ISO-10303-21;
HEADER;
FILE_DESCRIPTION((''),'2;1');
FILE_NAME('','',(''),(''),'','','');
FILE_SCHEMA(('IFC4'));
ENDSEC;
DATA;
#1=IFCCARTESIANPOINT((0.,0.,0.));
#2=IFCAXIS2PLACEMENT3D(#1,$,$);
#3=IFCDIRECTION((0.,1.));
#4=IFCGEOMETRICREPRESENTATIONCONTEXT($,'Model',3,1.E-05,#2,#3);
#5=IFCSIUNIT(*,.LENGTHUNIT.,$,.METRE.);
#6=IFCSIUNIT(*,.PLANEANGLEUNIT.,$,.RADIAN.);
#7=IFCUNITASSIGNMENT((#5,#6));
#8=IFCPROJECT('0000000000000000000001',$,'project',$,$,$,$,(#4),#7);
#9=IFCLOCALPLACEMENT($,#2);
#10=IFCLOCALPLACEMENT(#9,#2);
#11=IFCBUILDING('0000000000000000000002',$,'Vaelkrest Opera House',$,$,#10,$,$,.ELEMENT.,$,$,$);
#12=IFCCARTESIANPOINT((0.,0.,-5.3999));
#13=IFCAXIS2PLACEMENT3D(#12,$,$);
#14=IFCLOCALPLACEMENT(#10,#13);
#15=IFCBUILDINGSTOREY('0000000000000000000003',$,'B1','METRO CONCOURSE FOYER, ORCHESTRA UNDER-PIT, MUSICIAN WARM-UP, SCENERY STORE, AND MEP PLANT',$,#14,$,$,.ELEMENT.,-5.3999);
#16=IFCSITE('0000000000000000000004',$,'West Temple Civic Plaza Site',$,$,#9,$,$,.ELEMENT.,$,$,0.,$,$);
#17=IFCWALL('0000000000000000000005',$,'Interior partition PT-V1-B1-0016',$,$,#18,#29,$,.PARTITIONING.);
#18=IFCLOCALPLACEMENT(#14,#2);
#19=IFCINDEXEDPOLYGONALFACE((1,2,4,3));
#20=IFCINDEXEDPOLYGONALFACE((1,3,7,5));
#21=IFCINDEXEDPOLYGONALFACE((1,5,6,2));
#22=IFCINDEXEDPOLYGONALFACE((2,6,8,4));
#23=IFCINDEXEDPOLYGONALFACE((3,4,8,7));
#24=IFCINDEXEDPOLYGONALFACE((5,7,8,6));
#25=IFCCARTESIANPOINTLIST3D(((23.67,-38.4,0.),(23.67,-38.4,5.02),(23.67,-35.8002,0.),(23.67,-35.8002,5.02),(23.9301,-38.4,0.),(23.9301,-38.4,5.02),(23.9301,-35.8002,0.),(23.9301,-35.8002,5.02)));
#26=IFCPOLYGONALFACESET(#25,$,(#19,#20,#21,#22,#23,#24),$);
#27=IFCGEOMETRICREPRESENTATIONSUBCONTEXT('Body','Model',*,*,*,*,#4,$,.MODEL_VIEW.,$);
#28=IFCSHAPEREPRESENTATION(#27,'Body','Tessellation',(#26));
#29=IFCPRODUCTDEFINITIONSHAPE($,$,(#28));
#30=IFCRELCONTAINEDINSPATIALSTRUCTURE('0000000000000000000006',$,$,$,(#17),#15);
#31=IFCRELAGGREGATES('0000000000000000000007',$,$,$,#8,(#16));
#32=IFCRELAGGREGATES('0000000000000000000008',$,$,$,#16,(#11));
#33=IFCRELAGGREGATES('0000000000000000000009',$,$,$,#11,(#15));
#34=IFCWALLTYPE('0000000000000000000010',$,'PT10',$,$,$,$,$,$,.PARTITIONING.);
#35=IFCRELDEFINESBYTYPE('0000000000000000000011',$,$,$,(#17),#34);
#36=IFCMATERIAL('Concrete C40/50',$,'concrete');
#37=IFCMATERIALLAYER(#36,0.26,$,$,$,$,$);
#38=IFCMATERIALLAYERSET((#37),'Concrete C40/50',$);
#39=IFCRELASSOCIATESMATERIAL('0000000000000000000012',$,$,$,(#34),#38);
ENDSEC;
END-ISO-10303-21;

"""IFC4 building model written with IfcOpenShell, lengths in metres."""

from ifc_helpers import new_model, si_unit, direction, frame, frame_2d, origin, place, context, subcontext, project, spatial, rectangle, extrude, material, layer, layer_set, type_object, element, save


model = new_model("IFC4")

# Units and contexts
model_context = context("Model", 3, precision=1e-05, world=origin(), true_north=direction((0.0, 1.0)))
body_context = subcontext(model_context, "Body", "Model", "MODEL_VIEW")
ifc_project = project(units=[si_unit("LENGTHUNIT", "METRE"), si_unit("PLANEANGLEUNIT", "RADIAN")], contexts=[model_context])

# Site, building, storey
site_placement = place(None, origin())
site = spatial("IfcSite", under=ifc_project, at=site_placement, Name="West Temple Civic Plaza Site", CompositionType="ELEMENT", RefElevation=0.0)
building_placement = place(site_placement, origin())
building = spatial("IfcBuilding", under=site, at=building_placement, Name="Vaelkrest Opera House", CompositionType="ELEMENT")
storey_placement = place(building_placement, frame((0.0, 0.0, -5.3999)))
storey = spatial("IfcBuildingStorey", under=building, at=storey_placement, Name="B1", Description="METRO CONCOURSE FOYER, ORCHESTRA UNDER-PIT, MUSICIAN WARM-UP, SCENERY STORE, AND MEP PLANT", CompositionType="ELEMENT", Elevation=-5.3999)

# Shared definitions
ifc_material_1 = material(Name="Concrete C40/50", Category="concrete")

# Wall
ifc_layer = layer(ifc_material_1, 0.26)
ifc_layer_set = layer_set([ifc_layer], Name="Concrete C40/50")
wall_type = type_object("IfcWallType", Name="PT10", PredefinedType="PARTITIONING", material=ifc_layer_set)
wall_placement = place(storey_placement, frame((23.8, -38.3999, 0.0), z_axis=(0.0, 0.0, 1.0), x_axis=(0.0, 1.0, 0.0)))
element("IfcWall", 1, at=wall_placement, inside=storey, type_object=wall_type, Name="Interior partition PT-V1-B1-0016", PredefinedType="PARTITIONING", context=body_context, shape_type="SweptSolid", body=[
    extrude(rectangle(XDim=2.5999, YDim=0.26, at=frame_2d((1.2998, 0.0))), origin(), (0.0, 0.0, 1.0), 5.02),
])

save(model, "model.ifc")
